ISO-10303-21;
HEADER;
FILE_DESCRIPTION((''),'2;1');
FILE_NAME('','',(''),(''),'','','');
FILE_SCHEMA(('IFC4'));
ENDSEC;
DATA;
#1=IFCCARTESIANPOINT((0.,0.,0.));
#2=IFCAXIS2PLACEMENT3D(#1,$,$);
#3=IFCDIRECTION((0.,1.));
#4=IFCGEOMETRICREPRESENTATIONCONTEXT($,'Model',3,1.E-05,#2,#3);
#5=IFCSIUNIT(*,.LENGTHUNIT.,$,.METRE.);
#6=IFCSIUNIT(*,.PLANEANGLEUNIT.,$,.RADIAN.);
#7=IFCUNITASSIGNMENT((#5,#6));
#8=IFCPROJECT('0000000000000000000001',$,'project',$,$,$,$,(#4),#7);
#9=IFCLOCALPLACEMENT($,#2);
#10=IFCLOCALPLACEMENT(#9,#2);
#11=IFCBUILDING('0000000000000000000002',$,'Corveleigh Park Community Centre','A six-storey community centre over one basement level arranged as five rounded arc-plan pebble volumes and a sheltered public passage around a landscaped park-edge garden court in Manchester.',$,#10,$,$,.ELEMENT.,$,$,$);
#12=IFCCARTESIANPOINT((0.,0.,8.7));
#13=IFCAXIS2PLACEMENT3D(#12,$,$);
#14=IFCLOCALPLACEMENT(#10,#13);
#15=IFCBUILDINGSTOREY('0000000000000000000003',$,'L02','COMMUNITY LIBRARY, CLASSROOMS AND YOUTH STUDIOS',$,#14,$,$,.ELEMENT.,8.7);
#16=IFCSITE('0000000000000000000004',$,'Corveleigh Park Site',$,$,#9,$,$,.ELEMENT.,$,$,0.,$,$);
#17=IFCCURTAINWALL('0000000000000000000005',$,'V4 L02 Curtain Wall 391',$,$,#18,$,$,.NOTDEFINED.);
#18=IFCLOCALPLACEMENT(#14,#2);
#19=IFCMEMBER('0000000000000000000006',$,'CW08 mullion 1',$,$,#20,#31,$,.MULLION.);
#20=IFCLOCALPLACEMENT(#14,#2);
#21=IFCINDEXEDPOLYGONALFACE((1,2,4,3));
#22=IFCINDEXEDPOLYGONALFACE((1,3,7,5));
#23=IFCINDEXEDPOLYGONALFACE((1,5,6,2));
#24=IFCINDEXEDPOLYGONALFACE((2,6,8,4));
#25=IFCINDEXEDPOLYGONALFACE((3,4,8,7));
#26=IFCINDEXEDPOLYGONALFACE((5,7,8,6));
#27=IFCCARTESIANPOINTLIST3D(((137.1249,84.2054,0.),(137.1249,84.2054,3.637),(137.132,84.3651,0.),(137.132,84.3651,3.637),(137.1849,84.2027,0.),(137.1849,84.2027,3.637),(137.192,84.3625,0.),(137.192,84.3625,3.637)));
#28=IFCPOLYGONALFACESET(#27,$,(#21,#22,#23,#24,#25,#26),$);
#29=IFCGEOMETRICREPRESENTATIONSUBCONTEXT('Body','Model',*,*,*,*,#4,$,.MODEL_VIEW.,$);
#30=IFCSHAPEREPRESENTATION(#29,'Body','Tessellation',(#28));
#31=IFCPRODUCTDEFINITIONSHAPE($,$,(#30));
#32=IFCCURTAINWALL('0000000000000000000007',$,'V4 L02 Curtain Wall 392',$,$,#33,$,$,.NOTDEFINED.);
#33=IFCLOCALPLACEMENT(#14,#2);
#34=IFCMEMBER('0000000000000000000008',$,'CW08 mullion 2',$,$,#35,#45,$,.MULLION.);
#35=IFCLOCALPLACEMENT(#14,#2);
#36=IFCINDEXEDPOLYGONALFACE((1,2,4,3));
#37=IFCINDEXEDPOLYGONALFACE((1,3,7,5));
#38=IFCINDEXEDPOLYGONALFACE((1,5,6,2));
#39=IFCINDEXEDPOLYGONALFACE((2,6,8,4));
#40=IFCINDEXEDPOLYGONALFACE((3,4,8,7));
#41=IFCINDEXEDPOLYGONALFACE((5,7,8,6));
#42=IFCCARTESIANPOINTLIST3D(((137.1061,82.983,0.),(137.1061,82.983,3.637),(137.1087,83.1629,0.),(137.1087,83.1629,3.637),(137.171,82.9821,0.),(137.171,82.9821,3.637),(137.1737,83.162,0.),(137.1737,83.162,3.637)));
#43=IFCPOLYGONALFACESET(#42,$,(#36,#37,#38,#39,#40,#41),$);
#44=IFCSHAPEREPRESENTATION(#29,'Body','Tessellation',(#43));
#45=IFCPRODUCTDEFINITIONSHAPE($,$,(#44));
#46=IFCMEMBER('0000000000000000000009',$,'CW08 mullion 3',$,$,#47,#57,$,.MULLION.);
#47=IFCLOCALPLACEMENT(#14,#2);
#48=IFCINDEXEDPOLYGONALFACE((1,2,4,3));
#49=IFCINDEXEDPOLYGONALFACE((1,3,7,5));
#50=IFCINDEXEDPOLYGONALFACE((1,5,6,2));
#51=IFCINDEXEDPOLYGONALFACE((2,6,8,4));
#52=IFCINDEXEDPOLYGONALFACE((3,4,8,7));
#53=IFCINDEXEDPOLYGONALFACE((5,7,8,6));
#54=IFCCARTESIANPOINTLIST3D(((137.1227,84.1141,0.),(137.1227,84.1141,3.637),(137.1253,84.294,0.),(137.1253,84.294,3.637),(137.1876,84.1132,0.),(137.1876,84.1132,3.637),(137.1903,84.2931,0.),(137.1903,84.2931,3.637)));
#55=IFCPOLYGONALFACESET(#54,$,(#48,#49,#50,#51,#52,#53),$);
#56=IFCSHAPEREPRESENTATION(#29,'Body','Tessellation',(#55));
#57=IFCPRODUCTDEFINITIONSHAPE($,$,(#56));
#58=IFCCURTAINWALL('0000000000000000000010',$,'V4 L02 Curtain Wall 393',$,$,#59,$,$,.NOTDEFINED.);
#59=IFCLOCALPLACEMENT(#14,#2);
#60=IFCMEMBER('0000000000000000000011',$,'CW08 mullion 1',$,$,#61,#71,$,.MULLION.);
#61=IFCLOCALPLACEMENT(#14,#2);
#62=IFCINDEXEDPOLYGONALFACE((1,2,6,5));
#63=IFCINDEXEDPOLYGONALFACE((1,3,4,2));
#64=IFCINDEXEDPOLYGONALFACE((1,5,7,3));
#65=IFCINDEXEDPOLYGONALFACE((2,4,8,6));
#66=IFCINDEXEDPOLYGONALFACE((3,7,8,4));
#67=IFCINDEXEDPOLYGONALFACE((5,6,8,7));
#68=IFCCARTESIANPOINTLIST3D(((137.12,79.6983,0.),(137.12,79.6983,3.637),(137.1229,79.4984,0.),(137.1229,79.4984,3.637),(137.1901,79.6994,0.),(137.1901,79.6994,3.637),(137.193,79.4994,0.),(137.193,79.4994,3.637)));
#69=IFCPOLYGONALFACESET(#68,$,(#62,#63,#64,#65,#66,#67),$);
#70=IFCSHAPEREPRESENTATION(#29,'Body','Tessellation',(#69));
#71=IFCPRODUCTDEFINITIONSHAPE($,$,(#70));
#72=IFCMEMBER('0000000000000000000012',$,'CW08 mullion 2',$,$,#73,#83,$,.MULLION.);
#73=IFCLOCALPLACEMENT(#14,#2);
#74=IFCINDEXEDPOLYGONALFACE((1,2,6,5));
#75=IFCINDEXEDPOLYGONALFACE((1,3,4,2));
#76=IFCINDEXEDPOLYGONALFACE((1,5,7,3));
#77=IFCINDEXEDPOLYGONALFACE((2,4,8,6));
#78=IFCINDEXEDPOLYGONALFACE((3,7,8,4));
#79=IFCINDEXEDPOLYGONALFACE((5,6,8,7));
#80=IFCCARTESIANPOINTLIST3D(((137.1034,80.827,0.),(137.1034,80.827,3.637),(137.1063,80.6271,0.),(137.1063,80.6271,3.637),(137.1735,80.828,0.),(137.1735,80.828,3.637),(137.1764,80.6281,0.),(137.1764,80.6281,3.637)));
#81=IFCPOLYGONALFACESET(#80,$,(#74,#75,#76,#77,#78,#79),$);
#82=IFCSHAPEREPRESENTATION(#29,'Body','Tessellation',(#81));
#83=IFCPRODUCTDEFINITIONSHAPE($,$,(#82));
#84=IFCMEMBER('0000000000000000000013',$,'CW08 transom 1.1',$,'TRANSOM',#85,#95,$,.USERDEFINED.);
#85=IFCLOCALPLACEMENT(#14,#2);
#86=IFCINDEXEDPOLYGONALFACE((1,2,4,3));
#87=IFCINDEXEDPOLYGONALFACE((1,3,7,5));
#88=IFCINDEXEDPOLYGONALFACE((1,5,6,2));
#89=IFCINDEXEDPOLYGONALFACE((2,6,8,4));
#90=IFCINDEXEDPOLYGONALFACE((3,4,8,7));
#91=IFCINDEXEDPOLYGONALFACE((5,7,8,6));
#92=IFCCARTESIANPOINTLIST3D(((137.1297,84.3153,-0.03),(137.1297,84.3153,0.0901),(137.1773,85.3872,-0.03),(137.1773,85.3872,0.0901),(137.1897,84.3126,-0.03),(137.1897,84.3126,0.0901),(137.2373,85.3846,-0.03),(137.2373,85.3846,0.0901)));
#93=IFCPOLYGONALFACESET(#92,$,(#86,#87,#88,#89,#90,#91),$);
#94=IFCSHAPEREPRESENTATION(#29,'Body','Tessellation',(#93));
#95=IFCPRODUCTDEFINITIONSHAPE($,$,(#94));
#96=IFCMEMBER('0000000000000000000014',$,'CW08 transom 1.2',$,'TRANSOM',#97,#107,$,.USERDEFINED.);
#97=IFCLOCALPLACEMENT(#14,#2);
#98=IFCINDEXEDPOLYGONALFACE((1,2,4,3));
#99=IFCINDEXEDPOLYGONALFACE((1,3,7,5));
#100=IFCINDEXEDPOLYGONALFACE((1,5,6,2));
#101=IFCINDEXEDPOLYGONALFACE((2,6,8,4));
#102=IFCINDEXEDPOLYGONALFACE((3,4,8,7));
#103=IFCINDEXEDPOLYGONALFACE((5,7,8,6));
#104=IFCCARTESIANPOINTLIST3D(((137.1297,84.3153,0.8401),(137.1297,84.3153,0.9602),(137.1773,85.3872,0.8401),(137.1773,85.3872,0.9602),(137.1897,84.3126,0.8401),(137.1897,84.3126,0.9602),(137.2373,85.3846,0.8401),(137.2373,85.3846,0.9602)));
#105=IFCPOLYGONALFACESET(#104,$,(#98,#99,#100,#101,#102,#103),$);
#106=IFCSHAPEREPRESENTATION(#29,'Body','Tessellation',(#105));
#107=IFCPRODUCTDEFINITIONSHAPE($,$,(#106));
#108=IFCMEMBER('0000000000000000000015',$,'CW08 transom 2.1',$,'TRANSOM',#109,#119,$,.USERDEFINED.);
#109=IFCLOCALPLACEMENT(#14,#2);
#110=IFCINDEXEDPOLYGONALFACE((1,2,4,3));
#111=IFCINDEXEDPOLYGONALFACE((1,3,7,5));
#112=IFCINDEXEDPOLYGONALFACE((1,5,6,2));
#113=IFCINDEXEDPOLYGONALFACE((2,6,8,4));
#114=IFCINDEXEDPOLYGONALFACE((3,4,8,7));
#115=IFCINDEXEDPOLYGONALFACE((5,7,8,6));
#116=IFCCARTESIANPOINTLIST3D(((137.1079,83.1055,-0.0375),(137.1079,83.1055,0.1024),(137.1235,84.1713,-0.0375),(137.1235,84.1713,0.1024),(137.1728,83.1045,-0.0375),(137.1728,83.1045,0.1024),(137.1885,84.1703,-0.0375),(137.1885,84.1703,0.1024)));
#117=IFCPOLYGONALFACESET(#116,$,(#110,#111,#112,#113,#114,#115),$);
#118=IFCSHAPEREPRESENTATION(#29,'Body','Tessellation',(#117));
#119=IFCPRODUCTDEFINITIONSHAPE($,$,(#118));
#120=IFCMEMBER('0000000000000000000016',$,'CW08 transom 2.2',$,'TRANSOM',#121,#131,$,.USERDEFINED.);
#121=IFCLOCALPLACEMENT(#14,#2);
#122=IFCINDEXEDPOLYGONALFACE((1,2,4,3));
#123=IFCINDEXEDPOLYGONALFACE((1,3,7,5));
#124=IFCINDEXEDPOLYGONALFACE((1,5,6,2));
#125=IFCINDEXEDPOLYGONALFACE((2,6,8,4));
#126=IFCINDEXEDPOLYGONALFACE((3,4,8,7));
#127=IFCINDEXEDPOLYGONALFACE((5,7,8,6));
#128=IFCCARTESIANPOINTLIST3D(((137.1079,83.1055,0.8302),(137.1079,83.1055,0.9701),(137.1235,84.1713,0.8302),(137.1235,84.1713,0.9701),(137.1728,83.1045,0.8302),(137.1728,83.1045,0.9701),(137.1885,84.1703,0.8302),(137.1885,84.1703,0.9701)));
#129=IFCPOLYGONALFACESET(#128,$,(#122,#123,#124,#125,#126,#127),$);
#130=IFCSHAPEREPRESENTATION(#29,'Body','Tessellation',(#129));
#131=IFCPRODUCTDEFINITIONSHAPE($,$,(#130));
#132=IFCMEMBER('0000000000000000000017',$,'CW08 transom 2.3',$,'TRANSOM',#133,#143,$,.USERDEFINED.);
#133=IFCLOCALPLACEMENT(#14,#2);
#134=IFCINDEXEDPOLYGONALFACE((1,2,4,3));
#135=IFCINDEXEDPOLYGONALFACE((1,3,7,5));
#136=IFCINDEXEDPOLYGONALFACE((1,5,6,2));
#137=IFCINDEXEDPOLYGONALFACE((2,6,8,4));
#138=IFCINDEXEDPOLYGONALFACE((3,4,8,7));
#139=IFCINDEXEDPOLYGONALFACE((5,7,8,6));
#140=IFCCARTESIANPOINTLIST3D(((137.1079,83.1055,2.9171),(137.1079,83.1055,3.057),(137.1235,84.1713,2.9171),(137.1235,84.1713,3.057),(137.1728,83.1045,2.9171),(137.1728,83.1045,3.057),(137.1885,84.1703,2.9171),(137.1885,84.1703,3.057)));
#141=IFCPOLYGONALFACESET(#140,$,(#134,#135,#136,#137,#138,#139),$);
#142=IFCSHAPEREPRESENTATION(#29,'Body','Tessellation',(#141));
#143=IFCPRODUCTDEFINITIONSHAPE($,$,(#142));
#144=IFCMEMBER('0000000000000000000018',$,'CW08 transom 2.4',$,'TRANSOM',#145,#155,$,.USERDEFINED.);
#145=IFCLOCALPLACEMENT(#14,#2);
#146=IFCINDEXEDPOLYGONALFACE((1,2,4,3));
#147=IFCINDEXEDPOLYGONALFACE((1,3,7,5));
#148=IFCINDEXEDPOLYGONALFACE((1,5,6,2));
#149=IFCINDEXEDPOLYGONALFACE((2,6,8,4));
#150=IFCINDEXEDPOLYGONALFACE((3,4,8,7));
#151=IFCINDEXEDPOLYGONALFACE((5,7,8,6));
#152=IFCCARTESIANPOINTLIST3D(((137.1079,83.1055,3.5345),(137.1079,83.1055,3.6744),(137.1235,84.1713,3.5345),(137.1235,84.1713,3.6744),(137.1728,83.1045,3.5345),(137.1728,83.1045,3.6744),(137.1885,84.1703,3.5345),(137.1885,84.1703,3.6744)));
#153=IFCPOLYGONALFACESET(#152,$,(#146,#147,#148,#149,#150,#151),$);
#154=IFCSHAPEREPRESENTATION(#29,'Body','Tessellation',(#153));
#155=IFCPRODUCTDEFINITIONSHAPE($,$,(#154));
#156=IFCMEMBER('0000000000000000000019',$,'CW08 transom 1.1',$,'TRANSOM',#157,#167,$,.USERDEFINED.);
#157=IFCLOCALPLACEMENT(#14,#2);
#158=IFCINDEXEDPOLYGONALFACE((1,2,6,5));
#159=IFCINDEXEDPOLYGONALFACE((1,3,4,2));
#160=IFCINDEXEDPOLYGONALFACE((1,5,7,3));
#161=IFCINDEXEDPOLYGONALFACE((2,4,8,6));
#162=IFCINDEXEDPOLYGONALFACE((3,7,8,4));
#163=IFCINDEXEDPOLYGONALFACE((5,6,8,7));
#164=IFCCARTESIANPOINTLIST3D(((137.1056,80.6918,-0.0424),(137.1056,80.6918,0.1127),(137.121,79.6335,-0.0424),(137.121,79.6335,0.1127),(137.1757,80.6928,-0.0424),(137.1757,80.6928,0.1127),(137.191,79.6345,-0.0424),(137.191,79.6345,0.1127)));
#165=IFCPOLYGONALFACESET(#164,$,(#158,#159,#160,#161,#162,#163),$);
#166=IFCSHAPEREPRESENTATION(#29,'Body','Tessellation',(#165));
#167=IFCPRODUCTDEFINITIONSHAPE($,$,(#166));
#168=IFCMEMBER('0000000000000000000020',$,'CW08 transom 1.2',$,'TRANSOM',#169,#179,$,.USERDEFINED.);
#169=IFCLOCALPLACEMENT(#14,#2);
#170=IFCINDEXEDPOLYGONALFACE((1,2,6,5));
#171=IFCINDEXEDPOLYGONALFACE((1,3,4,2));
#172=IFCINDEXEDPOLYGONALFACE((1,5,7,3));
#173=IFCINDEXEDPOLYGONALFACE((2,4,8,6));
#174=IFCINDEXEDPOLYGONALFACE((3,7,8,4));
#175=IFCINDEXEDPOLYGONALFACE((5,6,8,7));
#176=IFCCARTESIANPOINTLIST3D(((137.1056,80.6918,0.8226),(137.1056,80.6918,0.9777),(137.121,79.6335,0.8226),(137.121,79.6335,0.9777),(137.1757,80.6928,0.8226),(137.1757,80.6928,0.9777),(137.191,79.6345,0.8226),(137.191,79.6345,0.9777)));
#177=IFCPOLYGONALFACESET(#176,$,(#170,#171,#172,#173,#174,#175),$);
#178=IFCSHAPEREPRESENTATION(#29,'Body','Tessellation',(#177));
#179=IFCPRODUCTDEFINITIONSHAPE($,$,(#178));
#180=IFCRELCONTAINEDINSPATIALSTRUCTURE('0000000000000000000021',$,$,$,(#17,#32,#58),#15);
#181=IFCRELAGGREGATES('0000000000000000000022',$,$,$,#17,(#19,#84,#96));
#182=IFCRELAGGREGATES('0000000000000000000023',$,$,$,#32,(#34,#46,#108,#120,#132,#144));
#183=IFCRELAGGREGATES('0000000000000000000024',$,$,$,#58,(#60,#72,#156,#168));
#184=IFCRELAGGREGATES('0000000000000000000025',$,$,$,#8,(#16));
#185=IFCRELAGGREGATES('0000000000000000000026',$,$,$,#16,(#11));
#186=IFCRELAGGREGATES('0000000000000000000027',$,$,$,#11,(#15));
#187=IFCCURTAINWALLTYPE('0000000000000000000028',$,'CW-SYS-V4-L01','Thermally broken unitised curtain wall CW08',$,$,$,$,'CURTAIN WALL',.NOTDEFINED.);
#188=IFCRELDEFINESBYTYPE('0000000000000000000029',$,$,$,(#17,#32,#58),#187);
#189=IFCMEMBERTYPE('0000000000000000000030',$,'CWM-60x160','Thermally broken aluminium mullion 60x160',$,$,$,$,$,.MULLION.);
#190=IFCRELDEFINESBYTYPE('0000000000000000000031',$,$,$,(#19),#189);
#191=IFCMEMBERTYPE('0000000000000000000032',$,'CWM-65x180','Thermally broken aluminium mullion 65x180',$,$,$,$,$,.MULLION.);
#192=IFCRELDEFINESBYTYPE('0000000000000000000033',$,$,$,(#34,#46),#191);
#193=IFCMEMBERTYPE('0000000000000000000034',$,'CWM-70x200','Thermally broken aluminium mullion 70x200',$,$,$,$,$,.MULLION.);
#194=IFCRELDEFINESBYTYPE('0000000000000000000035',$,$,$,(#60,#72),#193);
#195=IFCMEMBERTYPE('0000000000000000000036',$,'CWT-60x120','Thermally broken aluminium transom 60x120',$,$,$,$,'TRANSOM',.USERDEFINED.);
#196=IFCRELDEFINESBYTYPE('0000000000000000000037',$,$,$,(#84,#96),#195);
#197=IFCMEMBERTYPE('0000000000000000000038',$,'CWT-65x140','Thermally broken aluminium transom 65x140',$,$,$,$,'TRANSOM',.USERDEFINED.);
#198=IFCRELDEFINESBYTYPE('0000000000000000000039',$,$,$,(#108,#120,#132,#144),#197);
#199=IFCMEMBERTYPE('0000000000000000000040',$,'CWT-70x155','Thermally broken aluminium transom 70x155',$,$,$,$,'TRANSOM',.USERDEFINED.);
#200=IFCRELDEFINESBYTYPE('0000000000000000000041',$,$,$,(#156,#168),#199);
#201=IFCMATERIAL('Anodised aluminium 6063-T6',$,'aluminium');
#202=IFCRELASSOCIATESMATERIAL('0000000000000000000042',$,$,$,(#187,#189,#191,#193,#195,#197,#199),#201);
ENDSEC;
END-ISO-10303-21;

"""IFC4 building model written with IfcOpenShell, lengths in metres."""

from ifc_helpers import new_model, si_unit, direction, frame, origin, origin_2d, place, context, subcontext, project, spatial, rectangle, extrude, material, material_profile, profile_set, type_object, element, aggregate, save


model = new_model("IFC4")

# Units and contexts
model_context = context("Model", 3, precision=1e-05, world=origin(), true_north=direction((0.0, 1.0)))
body_context = subcontext(model_context, "Body", "Model", "MODEL_VIEW")
ifc_project = project(units=[si_unit("LENGTHUNIT", "METRE"), si_unit("PLANEANGLEUNIT", "RADIAN")], contexts=[model_context])

# Site, building, storey
site_placement = place(None, origin())
site = spatial("IfcSite", under=ifc_project, at=site_placement, Name="Corveleigh Park Site", CompositionType="ELEMENT", RefElevation=0.0)
building_placement = place(site_placement, origin())
building = spatial("IfcBuilding", under=site, at=building_placement, Name="Corveleigh Park Community Centre", Description="A six-storey community centre over one basement level arranged as five rounded arc-plan pebble volumes and a sheltered public passage around a landscaped park-edge garden court in Manchester.", CompositionType="ELEMENT")
storey_placement = place(building_placement, frame((0.0, 0.0, 8.7)))
storey = spatial("IfcBuildingStorey", under=building, at=storey_placement, Name="L02", Description="COMMUNITY LIBRARY, CLASSROOMS AND YOUTH STUDIOS", CompositionType="ELEMENT", Elevation=8.7)

# Curtain wall, member
ifc_material_1 = material(Name="Anodised aluminium 6063-T6", Category="aluminium")
curtain_wall_type = type_object("IfcCurtainWallType", Name="CW-SYS-V4-L01", Description="Thermally broken unitised curtain wall CW08", ElementType="CURTAIN WALL", PredefinedType="NOTDEFINED", material=ifc_material_1)
curtain_wall_1_placement = place(storey_placement, origin())
curtain_wall_1 = element("IfcCurtainWall", 1, at=curtain_wall_1_placement, inside=storey, type_object=curtain_wall_type, Name="V4 L02 Curtain Wall 391", PredefinedType="NOTDEFINED")
ifc_material_profile_1 = material_profile(ifc_material_1, rectangle(XDim=0.0601, YDim=0.1599, at=origin_2d()), Name="ALU-M60x160", Category="aluminium")
ifc_profile_set_1 = profile_set([ifc_material_profile_1], Name="Anodised aluminium 6063-T6")
member_type_1 = type_object("IfcMemberType", Name="CWM-60x160", Description="Thermally broken aluminium mullion 60x160", PredefinedType="MULLION", material=ifc_profile_set_1)
member_1_placement = place(storey_placement, frame((137.1584, 84.2839, 0.0), z_axis=(0.0, 0.0, 1.0), x_axis=(-0.999019, 0.044277, 0.0)))
member_1 = element("IfcMember", 2, at=member_1_placement, type_object=member_type_1, Name="CW08 mullion 1", PredefinedType="MULLION", context=body_context, shape_type="SweptSolid", body=[
    extrude(rectangle(XDim=0.0601, YDim=0.1599, at=origin_2d()), origin(), (0.0, 0.0, 1.0), 3.637),
])

# Curtain walls, members
curtain_wall_2_placement = place(storey_placement, origin())
curtain_wall_2 = element("IfcCurtainWall", 3, at=curtain_wall_2_placement, inside=storey, type_object=curtain_wall_type, Name="V4 L02 Curtain Wall 392", PredefinedType="NOTDEFINED")
ifc_material_profile_2 = material_profile(ifc_material_1, rectangle(XDim=0.0649, YDim=0.1799, at=origin_2d()), Name="ALU-M65x180", Category="aluminium")
ifc_profile_set_2 = profile_set([ifc_material_profile_2], Name="Anodised aluminium 6063-T6")
member_type_2 = type_object("IfcMemberType", Name="CWM-65x180", Description="Thermally broken aluminium mullion 65x180", PredefinedType="MULLION", material=ifc_profile_set_2)
member_2_placement = place(storey_placement, frame((137.1399, 83.0725, 0.0), z_axis=(0.0, 0.0, 1.0), x_axis=(-0.999893, 0.01461, 0.0)))
member_2 = element("IfcMember", 4, at=member_2_placement, type_object=member_type_2, Name="CW08 mullion 2", PredefinedType="MULLION", context=body_context, shape_type="SweptSolid", body=[
    extrude(rectangle(XDim=0.0649, YDim=0.1799, at=origin_2d()), origin(), (0.0, 0.0, 1.0), 3.637),
])
member_3_placement = place(storey_placement, frame((137.1565, 84.2036, 0.0), z_axis=(0.0, 0.0, 1.0), x_axis=(-0.999893, 0.01461, 0.0)))
member_3 = element("IfcMember", 5, at=member_3_placement, type_object=member_type_2, Name="CW08 mullion 3", PredefinedType="MULLION", context=body_context, shape_type="SweptSolid", body=[
    extrude(rectangle(XDim=0.0649, YDim=0.1799, at=origin_2d()), origin(), (0.0, 0.0, 1.0), 3.637),
])
curtain_wall_3_placement = place(storey_placement, origin())
curtain_wall_3 = element("IfcCurtainWall", 6, at=curtain_wall_3_placement, inside=storey, type_object=curtain_wall_type, Name="V4 L02 Curtain Wall 393", PredefinedType="NOTDEFINED")
ifc_material_profile_3 = material_profile(ifc_material_1, rectangle(XDim=0.0701, YDim=0.2, at=origin_2d()), Name="ALU-M70x200", Category="aluminium")
ifc_profile_set_3 = profile_set([ifc_material_profile_3], Name="Anodised aluminium 6063-T6")
member_type_3 = type_object("IfcMemberType", Name="CWM-70x200", Description="Thermally broken aluminium mullion 70x200", PredefinedType="MULLION", material=ifc_profile_set_3)
member_4_placement = place(storey_placement, frame((137.1565, 79.5989, 0.0), z_axis=(0.0, 0.0, 1.0), x_axis=(-0.999893, -0.01461, 0.0)))
member_4 = element("IfcMember", 7, at=member_4_placement, type_object=member_type_3, Name="CW08 mullion 1", PredefinedType="MULLION", context=body_context, shape_type="SweptSolid", body=[
    extrude(rectangle(XDim=0.0701, YDim=0.2, at=origin_2d()), origin(), (0.0, 0.0, 1.0), 3.637),
])
member_5_placement = place(storey_placement, frame((137.1399, 80.7275, 0.0), z_axis=(0.0, 0.0, 1.0), x_axis=(-0.999893, -0.01461, 0.0)))
member_5 = element("IfcMember", 8, at=member_5_placement, type_object=member_type_3, Name="CW08 mullion 2", PredefinedType="MULLION", context=body_context, shape_type="SweptSolid", body=[
    extrude(rectangle(XDim=0.0701, YDim=0.2, at=origin_2d()), origin(), (0.0, 0.0, 1.0), 3.637),
])

# Members
ifc_material_profile_4 = material_profile(ifc_material_1, rectangle(XDim=0.0601, YDim=0.1201, at=origin_2d()), Name="ALU-T60x120", Category="aluminium")
ifc_profile_set_4 = profile_set([ifc_material_profile_4], Name="Anodised aluminium 6063-T6")
member_type_4 = type_object("IfcMemberType", Name="CWT-60x120", Description="Thermally broken aluminium transom 60x120", ElementType="TRANSOM", PredefinedType="USERDEFINED", material=ifc_profile_set_4)
member_6_placement = place(storey_placement, frame((137.1597, 84.314, 0.03), z_axis=(0.044365, 0.999015, 0.0), x_axis=(-0.999015, 0.044365, 0.0)))
member_6 = element("IfcMember", 9, at=member_6_placement, type_object=member_type_4, Name="CW08 transom 1.1", ObjectType="TRANSOM", PredefinedType="USERDEFINED", context=body_context, shape_type="SweptSolid", body=[
    extrude(rectangle(XDim=0.0601, YDim=0.1201, at=origin_2d()), origin(), (0.0, 0.0, 1.0), 1.073),
])
member_7_placement = place(storey_placement, frame((137.1597, 84.314, 0.9001), z_axis=(0.044365, 0.999015, 0.0), x_axis=(-0.999015, 0.044365, 0.0)))
member_7 = element("IfcMember", 10, at=member_7_placement, type_object=member_type_4, Name="CW08 transom 1.2", ObjectType="TRANSOM", PredefinedType="USERDEFINED", context=body_context, shape_type="SweptSolid", body=[
    extrude(rectangle(XDim=0.0601, YDim=0.1201, at=origin_2d()), origin(), (0.0, 0.0, 1.0), 1.073),
])
aggregate(curtain_wall_1, [member_1, member_6, member_7])
ifc_material_profile_5 = material_profile(ifc_material_1, rectangle(XDim=0.0649, YDim=0.1399, at=origin_2d()), Name="ALU-T65x140", Category="aluminium")
ifc_profile_set_5 = profile_set([ifc_material_profile_5], Name="Anodised aluminium 6063-T6")
member_type_5 = type_object("IfcMemberType", Name="CWT-65x140", Description="Thermally broken aluminium transom 65x140", ElementType="TRANSOM", PredefinedType="USERDEFINED", material=ifc_profile_set_5)
member_8_placement = place(storey_placement, frame((137.1404, 83.105, 0.0325), z_axis=(0.014657, 0.999893, 0.0), x_axis=(-0.999893, 0.014657, 0.0)))
member_8 = element("IfcMember", 11, at=member_8_placement, type_object=member_type_5, Name="CW08 transom 2.1", ObjectType="TRANSOM", PredefinedType="USERDEFINED", context=body_context, shape_type="SweptSolid", body=[
    extrude(rectangle(XDim=0.0649, YDim=0.1399, at=origin_2d()), origin(), (0.0, 0.0, 1.0), 1.0659),
])
member_9_placement = place(storey_placement, frame((137.1404, 83.105, 0.9001), z_axis=(0.014657, 0.999893, 0.0), x_axis=(-0.999893, 0.014657, 0.0)))
member_9 = element("IfcMember", 12, at=member_9_placement, type_object=member_type_5, Name="CW08 transom 2.2", ObjectType="TRANSOM", PredefinedType="USERDEFINED", context=body_context, shape_type="SweptSolid", body=[
    extrude(rectangle(XDim=0.0649, YDim=0.1399, at=origin_2d()), origin(), (0.0, 0.0, 1.0), 1.0659),
])
member_10_placement = place(storey_placement, frame((137.1404, 83.105, 2.9871), z_axis=(0.014657, 0.999893, 0.0), x_axis=(-0.999893, 0.014657, 0.0)))
member_10 = element("IfcMember", 13, at=member_10_placement, type_object=member_type_5, Name="CW08 transom 2.3", ObjectType="TRANSOM", PredefinedType="USERDEFINED", context=body_context, shape_type="SweptSolid", body=[
    extrude(rectangle(XDim=0.0649, YDim=0.1399, at=origin_2d()), origin(), (0.0, 0.0, 1.0), 1.0659),
])
member_11_placement = place(storey_placement, frame((137.1404, 83.105, 3.6045), z_axis=(0.014657, 0.999893, 0.0), x_axis=(-0.999893, 0.014657, 0.0)))
member_11 = element("IfcMember", 14, at=member_11_placement, type_object=member_type_5, Name="CW08 transom 2.4", ObjectType="TRANSOM", PredefinedType="USERDEFINED", context=body_context, shape_type="SweptSolid", body=[
    extrude(rectangle(XDim=0.0649, YDim=0.1399, at=origin_2d()), origin(), (0.0, 0.0, 1.0), 1.0659),
])
ifc_material_profile_6 = material_profile(ifc_material_1, rectangle(XDim=0.0701, YDim=0.155, at=origin_2d()), Name="ALU-T70x155", Category="aluminium")
ifc_profile_set_6 = profile_set([ifc_material_profile_6], Name="Anodised aluminium 6063-T6")
member_type_6 = type_object("IfcMemberType", Name="CWT-70x155", Description="Thermally broken aluminium transom 70x155", ElementType="TRANSOM", PredefinedType="USERDEFINED", material=ifc_profile_set_6)
member_12_placement = place(storey_placement, frame((137.156, 79.634, 0.0352), z_axis=(-0.014531, 0.999894, 0.0), x_axis=(-0.999894, -0.014531, 0.0)))
member_12 = element("IfcMember", 15, at=member_12_placement, type_object=member_type_6, Name="CW08 transom 1.1", ObjectType="TRANSOM", PredefinedType="USERDEFINED", context=body_context, shape_type="SweptSolid", body=[
    extrude(rectangle(XDim=0.0701, YDim=0.155, at=origin_2d()), origin(), (0.0, 0.0, 1.0), 1.0583),
])
member_13_placement = place(storey_placement, frame((137.156, 79.634, 0.9001), z_axis=(-0.014531, 0.999894, 0.0), x_axis=(-0.999894, -0.014531, 0.0)))
member_13 = element("IfcMember", 16, at=member_13_placement, type_object=member_type_6, Name="CW08 transom 1.2", ObjectType="TRANSOM", PredefinedType="USERDEFINED", context=body_context, shape_type="SweptSolid", body=[
    extrude(rectangle(XDim=0.0701, YDim=0.155, at=origin_2d()), origin(), (0.0, 0.0, 1.0), 1.0583),
])

aggregate(curtain_wall_2, [member_2, member_3, member_8, member_9, member_10, member_11])
aggregate(curtain_wall_3, [member_4, member_5, member_12, member_13])

save(model, "model.ifc")
